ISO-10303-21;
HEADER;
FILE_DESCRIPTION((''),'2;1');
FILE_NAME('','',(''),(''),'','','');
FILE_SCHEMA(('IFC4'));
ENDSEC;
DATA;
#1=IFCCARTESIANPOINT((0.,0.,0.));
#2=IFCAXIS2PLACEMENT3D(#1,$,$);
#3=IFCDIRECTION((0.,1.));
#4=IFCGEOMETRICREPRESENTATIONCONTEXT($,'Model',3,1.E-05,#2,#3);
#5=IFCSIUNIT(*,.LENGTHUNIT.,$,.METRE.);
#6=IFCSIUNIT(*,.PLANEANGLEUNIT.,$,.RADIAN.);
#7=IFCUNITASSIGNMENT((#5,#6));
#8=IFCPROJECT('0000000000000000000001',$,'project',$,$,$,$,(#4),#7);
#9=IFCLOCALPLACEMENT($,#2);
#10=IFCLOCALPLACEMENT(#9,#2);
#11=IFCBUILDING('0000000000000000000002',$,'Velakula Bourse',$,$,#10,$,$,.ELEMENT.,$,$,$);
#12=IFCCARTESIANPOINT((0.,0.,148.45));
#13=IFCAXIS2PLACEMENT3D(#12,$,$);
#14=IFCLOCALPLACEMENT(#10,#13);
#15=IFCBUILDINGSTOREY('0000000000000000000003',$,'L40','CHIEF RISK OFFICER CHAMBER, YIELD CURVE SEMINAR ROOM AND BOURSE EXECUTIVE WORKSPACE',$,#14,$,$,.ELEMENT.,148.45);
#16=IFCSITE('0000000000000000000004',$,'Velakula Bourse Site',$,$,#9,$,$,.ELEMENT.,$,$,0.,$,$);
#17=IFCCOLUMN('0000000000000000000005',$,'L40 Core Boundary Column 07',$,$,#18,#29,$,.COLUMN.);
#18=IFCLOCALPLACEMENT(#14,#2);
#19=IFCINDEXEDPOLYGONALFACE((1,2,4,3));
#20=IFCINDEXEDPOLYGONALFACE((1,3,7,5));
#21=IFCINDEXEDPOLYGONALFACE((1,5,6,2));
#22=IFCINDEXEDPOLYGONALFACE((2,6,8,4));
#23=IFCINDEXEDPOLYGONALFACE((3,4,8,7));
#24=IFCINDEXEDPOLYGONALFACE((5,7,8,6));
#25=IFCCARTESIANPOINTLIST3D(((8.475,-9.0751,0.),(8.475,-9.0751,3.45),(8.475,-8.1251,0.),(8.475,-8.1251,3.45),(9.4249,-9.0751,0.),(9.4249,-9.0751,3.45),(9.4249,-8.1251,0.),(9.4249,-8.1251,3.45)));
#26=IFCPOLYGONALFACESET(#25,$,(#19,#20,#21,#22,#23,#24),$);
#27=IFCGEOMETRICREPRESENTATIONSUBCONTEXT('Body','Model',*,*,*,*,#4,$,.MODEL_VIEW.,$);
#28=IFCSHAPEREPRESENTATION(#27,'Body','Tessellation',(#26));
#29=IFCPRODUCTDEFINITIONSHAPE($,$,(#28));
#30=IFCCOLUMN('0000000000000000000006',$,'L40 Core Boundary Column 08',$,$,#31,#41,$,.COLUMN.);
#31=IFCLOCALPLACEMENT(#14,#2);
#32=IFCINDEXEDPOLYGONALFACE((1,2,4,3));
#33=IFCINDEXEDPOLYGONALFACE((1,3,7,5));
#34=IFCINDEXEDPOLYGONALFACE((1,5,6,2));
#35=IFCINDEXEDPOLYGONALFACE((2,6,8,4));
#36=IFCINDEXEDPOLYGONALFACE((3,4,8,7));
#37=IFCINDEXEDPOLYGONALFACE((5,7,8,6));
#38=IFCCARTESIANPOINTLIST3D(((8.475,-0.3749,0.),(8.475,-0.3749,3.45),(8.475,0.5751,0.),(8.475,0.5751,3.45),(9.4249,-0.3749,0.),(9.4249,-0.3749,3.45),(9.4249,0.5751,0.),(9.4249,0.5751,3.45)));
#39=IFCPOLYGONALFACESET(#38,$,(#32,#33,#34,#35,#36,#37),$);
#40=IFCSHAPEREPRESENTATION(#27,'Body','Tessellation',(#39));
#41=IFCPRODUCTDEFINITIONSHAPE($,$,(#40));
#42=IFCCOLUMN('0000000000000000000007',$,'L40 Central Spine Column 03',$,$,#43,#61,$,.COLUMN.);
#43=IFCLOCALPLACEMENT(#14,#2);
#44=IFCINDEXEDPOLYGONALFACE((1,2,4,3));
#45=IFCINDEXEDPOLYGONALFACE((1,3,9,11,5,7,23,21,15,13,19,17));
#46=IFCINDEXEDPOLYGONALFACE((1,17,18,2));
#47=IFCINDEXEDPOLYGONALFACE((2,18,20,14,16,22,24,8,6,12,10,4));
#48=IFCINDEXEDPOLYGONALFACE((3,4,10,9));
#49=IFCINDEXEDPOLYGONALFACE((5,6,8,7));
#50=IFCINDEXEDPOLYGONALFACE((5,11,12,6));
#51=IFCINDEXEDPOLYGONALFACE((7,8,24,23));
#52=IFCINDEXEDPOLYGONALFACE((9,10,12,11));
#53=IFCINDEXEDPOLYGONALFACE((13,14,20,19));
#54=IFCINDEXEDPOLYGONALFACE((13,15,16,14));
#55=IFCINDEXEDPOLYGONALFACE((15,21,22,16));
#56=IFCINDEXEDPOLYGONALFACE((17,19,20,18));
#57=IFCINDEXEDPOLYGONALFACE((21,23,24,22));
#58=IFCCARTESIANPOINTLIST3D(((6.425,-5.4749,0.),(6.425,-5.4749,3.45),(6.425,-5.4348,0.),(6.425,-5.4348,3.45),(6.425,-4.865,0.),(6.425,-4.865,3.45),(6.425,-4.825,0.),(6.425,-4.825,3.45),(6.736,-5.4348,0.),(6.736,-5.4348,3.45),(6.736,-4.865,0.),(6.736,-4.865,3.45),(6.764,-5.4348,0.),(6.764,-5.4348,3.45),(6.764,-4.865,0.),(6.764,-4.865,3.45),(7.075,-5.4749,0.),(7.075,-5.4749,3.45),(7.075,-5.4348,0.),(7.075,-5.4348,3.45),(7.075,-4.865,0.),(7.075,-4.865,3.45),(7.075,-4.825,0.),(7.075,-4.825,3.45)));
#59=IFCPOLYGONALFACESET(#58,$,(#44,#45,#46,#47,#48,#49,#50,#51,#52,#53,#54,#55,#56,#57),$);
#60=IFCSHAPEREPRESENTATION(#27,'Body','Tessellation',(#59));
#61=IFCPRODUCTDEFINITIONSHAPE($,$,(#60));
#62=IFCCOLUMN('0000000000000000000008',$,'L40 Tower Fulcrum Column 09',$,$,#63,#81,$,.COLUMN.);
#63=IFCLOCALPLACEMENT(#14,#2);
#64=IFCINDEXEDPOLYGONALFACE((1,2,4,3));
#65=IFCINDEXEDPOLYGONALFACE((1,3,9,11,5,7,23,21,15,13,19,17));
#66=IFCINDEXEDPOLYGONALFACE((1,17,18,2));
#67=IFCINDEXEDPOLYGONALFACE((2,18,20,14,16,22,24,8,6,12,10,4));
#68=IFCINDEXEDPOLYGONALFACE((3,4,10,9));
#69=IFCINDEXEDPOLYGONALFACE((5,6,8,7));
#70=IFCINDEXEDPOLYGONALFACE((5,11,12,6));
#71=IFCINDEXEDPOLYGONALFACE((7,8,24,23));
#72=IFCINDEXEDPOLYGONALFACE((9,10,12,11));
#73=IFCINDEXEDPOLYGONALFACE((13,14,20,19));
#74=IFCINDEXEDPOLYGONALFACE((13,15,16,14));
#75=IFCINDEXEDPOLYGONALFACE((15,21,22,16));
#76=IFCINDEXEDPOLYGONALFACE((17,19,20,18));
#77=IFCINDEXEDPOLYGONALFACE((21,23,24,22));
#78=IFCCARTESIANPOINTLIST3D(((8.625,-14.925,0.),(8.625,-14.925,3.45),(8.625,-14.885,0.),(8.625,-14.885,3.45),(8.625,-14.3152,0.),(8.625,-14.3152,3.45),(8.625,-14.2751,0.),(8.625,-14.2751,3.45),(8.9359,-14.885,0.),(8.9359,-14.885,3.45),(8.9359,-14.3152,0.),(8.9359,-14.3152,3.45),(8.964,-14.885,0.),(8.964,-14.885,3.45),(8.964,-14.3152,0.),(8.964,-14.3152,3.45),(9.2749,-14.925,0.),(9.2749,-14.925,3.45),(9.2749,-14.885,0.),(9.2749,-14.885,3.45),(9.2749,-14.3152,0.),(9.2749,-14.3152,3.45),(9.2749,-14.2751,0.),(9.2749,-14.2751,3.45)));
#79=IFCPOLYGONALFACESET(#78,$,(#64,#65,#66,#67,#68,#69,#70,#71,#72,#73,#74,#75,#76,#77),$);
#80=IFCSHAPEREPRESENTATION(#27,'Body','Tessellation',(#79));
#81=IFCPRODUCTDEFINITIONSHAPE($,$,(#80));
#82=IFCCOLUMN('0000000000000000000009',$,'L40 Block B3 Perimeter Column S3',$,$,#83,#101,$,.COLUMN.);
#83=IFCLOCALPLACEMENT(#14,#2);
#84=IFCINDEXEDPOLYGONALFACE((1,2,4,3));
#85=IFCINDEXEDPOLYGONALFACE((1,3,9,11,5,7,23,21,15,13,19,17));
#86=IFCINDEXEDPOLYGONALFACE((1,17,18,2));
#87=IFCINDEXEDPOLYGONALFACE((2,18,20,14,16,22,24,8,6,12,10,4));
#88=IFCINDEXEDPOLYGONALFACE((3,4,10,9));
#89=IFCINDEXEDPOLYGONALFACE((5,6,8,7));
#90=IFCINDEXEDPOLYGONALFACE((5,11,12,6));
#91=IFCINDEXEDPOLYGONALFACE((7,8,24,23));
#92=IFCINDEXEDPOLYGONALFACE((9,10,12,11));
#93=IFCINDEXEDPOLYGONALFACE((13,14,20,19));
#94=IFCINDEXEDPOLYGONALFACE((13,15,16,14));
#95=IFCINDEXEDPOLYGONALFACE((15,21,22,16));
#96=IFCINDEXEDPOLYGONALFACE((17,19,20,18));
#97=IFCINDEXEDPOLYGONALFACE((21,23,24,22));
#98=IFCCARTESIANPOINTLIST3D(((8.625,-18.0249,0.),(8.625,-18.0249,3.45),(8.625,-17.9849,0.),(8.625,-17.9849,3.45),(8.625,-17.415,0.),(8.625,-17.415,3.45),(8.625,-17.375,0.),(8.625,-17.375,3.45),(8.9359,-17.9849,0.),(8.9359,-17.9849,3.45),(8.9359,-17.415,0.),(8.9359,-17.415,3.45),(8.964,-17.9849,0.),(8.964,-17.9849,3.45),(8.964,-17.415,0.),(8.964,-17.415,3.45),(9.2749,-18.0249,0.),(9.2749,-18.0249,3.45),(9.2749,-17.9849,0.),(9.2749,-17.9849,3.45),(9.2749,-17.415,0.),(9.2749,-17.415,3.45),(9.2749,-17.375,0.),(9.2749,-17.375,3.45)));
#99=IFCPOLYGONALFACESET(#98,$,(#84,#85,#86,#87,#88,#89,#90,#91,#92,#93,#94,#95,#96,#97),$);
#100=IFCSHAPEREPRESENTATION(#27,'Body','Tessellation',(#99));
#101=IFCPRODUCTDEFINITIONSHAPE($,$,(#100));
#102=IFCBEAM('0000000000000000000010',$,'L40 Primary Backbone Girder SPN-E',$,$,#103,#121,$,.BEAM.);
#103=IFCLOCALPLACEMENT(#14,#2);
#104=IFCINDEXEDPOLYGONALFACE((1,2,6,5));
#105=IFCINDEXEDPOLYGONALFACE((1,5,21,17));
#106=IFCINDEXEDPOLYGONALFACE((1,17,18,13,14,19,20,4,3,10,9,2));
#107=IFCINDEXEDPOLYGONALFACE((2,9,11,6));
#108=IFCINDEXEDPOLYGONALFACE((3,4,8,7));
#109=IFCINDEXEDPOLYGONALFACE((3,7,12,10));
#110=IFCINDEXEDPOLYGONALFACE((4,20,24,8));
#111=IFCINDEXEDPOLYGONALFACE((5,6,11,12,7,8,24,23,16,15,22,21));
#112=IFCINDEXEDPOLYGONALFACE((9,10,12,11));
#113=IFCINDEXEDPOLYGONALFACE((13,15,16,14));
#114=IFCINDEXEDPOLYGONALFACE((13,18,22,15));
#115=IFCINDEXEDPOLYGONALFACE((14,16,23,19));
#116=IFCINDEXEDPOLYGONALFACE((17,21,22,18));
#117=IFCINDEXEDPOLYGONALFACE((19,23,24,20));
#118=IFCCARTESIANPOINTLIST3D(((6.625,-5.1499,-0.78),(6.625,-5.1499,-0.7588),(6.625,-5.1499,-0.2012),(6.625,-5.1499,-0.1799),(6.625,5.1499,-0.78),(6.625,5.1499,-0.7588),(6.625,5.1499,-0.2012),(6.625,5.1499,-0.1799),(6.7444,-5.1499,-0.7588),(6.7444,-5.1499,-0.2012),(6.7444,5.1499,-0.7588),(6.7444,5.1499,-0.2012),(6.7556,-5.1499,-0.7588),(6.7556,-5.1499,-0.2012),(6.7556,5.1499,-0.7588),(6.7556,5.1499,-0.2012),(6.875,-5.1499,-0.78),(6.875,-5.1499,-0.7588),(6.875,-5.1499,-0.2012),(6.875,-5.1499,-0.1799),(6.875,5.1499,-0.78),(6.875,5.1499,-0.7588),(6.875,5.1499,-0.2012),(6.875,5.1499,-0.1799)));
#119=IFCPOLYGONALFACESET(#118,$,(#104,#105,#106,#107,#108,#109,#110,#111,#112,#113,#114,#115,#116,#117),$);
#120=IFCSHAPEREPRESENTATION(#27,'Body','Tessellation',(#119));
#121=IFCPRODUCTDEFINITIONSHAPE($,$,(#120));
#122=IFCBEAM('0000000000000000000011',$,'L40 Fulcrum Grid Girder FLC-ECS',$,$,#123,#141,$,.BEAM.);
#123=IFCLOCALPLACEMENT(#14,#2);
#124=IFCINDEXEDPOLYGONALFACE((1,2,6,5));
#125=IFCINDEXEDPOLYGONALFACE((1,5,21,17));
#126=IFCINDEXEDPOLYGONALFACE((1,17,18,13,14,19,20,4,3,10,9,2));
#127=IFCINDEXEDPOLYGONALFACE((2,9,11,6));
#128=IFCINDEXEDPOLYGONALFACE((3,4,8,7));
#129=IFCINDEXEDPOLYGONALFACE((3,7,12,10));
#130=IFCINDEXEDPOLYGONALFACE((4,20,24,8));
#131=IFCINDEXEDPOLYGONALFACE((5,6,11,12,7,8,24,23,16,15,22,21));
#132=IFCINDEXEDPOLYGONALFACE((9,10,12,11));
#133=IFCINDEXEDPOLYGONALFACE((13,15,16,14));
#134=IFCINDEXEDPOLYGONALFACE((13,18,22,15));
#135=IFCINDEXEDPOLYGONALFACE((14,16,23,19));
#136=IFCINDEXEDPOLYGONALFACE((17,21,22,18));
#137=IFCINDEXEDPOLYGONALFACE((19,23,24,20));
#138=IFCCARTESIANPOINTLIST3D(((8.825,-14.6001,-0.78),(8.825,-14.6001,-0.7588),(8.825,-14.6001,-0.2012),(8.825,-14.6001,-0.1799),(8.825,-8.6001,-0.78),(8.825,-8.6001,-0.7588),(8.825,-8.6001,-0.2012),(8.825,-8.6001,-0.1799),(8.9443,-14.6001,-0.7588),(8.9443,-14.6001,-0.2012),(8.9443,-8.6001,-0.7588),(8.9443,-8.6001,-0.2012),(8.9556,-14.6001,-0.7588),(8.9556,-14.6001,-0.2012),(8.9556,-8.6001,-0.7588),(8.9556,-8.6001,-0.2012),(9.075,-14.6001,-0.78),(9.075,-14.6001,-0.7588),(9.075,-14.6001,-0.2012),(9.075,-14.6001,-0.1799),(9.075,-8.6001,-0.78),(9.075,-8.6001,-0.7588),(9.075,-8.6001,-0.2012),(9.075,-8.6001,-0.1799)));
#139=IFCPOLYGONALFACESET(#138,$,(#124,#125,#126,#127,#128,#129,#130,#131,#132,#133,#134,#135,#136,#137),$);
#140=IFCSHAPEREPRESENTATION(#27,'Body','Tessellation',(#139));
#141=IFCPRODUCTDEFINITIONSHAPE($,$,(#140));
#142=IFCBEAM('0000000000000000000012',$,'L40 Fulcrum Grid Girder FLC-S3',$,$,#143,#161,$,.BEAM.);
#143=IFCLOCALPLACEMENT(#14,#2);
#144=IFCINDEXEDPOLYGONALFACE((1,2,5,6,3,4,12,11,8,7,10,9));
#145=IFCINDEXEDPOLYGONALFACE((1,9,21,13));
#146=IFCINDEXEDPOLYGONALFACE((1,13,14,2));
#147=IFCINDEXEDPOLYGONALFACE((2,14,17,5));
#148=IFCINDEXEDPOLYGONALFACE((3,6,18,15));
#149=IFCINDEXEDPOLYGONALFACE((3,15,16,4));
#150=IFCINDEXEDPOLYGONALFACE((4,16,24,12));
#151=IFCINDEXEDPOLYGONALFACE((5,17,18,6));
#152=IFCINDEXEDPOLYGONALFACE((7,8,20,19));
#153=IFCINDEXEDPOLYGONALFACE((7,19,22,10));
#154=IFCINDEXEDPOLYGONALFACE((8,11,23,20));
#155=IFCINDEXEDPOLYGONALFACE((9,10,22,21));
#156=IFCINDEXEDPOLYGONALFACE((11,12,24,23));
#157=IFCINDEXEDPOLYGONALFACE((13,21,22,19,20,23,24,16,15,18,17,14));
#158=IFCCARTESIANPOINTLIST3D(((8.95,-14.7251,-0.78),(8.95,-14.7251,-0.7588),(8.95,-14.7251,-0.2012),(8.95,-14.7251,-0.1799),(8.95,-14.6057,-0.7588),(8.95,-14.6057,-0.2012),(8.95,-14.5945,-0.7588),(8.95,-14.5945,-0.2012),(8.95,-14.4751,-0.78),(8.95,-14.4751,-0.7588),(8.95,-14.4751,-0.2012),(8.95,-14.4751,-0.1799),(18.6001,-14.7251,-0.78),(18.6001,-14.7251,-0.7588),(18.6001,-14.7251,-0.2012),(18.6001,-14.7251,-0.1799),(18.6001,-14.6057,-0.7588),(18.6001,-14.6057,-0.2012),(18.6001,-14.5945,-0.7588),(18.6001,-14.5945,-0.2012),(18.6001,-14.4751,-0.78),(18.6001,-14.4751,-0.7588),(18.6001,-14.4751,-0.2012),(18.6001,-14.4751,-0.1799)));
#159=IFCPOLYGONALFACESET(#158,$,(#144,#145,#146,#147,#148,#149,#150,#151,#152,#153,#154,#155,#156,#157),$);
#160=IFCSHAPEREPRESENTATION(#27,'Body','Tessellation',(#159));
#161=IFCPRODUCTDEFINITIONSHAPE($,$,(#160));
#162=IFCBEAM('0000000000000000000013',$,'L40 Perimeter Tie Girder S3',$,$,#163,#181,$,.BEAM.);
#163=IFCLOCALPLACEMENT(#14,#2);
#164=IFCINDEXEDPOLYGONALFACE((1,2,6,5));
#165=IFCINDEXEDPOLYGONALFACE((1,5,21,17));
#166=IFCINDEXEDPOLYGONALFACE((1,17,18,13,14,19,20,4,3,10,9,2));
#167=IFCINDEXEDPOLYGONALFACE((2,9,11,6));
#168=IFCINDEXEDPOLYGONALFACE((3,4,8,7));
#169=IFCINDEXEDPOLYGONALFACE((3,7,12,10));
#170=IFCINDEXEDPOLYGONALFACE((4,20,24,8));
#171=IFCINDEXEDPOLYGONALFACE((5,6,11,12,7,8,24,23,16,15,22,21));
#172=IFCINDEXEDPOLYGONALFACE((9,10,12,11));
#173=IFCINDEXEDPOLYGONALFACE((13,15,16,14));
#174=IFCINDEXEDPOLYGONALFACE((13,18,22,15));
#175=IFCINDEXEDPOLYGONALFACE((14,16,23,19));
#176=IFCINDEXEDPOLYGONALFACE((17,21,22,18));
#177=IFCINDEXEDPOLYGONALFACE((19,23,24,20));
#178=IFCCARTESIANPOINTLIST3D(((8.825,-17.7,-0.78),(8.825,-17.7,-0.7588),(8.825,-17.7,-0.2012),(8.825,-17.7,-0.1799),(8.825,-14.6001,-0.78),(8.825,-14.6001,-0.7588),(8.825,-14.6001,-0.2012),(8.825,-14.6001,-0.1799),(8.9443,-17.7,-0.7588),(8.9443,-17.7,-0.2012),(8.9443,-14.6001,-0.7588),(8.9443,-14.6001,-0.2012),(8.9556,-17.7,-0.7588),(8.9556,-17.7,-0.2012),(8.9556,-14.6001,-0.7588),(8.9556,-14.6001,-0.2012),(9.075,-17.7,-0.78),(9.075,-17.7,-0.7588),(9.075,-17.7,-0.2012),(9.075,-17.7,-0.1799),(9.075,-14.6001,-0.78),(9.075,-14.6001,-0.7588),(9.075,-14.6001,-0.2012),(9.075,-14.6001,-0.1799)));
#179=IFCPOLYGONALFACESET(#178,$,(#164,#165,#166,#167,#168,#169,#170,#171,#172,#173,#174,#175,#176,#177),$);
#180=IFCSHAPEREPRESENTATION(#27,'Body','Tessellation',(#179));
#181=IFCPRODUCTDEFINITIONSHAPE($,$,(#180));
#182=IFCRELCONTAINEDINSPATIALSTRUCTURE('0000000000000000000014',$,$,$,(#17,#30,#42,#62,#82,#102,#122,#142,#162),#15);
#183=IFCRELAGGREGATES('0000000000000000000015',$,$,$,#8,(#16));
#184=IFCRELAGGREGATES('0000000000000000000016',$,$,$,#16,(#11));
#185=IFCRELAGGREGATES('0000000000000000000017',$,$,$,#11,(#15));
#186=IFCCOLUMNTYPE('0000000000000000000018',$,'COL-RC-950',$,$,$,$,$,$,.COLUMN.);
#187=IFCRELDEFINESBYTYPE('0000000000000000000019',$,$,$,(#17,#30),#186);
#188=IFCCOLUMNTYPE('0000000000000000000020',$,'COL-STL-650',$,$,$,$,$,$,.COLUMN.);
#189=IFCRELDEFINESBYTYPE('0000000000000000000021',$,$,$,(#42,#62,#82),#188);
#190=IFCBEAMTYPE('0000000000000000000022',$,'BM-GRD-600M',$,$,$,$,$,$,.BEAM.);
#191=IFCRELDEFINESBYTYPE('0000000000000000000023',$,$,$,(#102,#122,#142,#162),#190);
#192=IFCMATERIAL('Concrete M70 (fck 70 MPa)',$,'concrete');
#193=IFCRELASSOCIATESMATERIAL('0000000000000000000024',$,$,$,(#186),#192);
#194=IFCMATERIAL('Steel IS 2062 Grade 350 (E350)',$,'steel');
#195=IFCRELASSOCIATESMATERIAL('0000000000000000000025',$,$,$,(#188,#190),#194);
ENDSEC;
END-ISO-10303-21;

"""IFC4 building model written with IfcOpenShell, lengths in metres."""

from ifc_helpers import new_model, si_unit, direction, frame, origin, origin_2d, place, context, subcontext, project, spatial, rectangle, i_section, extrude, material, material_profile, profile_set, type_object, element, save


model = new_model("IFC4")

# Units and contexts
model_context = context("Model", 3, precision=1e-05, world=origin(), true_north=direction((0.0, 1.0)))
body_context = subcontext(model_context, "Body", "Model", "MODEL_VIEW")
ifc_project = project(units=[si_unit("LENGTHUNIT", "METRE"), si_unit("PLANEANGLEUNIT", "RADIAN")], contexts=[model_context])

# Site, building, storey
site_placement = place(None, origin())
site = spatial("IfcSite", under=ifc_project, at=site_placement, Name="Velakula Bourse Site", CompositionType="ELEMENT", RefElevation=0.0)
building_placement = place(site_placement, origin())
building = spatial("IfcBuilding", under=site, at=building_placement, Name="Velakula Bourse", CompositionType="ELEMENT")
storey_placement = place(building_placement, frame((0.0, 0.0, 148.45)))
storey = spatial("IfcBuildingStorey", under=building, at=storey_placement, Name="L40", Description="CHIEF RISK OFFICER CHAMBER, YIELD CURVE SEMINAR ROOM AND BOURSE EXECUTIVE WORKSPACE", CompositionType="ELEMENT", Elevation=148.45)

# Columns
ifc_material_1 = material(Name="Concrete M70 (fck 70 MPa)", Category="concrete")
ifc_material_profile_1 = material_profile(ifc_material_1, rectangle(XDim=0.95, YDim=0.95, at=origin_2d()), Name="Concrete M70 (fck 70 MPa)")
ifc_profile_set_1 = profile_set([ifc_material_profile_1], Name="Concrete M70 (fck 70 MPa)")
column_type_1 = type_object("IfcColumnType", Name="COL-RC-950", PredefinedType="COLUMN", material=ifc_profile_set_1)
for number, where, z_axis, x_axis, name in (
    (1, (8.95, -8.6001, 0.0), (0.0, 0.0, 1.0), (1.0, 0.0, 0.0), "L40 Core Boundary Column 07"),
    (2, (8.95, 0.1001, 0.0), (0.0, 0.0, 1.0), (1.0, 0.0, 0.0), "L40 Core Boundary Column 08"),
):
    element("IfcColumn", number, at=place(storey_placement, frame(where, z_axis=z_axis, x_axis=x_axis)), inside=storey, type_object=column_type_1, Name=name, PredefinedType="COLUMN", context=body_context, shape_type="SweptSolid", body=[
        extrude(rectangle(XDim=0.95, YDim=0.95, at=origin_2d()), origin(), (0.0, 0.0, 1.0), 3.45),
    ])
ifc_material_2 = material(Name="Steel IS 2062 Grade 350 (E350)", Category="steel")
ifc_material_profile_2 = material_profile(ifc_material_2, i_section(OverallWidth=0.6499, OverallDepth=0.6499, WebThickness=0.0281, FlangeThickness=0.04, at=origin_2d()), Name="Steel IS 2062 Grade 350 (E350)")
ifc_profile_set_2 = profile_set([ifc_material_profile_2], Name="Steel IS 2062 Grade 350 (E350)")
column_type_2 = type_object("IfcColumnType", Name="COL-STL-650", PredefinedType="COLUMN", material=ifc_profile_set_2)
for number, where, z_axis, x_axis, name in (
    (3, (6.75, -5.1499, 0.0), (0.0, 0.0, 1.0), (1.0, 0.0, 0.0), "L40 Central Spine Column 03"),
    (4, (8.95, -14.6001, 0.0), (0.0, 0.0, 1.0), (1.0, 0.0, 0.0), "L40 Tower Fulcrum Column 09"),
    (5, (8.95, -17.7, 0.0), (0.0, 0.0, 1.0), (1.0, 0.0, 0.0), "L40 Block B3 Perimeter Column S3"),
):
    element("IfcColumn", number, at=place(storey_placement, frame(where, z_axis=z_axis, x_axis=x_axis)), inside=storey, type_object=column_type_2, Name=name, PredefinedType="COLUMN", context=body_context, shape_type="SweptSolid", body=[
        extrude(i_section(OverallWidth=0.6499, OverallDepth=0.6499, WebThickness=0.0281, FlangeThickness=0.04, at=origin_2d()), origin(), (0.0, 0.0, 1.0), 3.45),
    ])

# Beams
ifc_material_profile_3 = material_profile(ifc_material_2, i_section(OverallWidth=0.25, OverallDepth=0.6001, WebThickness=0.0112, FlangeThickness=0.0212, at=origin_2d()), Name="Steel IS 2062 Grade 350 (E350)")
ifc_profile_set_3 = profile_set([ifc_material_profile_3], Name="Steel IS 2062 Grade 350 (E350)")
beam_type_1 = type_object("IfcBeamType", Name="BM-GRD-600M", PredefinedType="BEAM", material=ifc_profile_set_3)
beam_1_placement = place(storey_placement, frame((6.75, -5.1499, -0.48), z_axis=(0.0, 1.0, 0.0), x_axis=(-1.0, 0.0, 0.0)))
element("IfcBeam", 6, at=beam_1_placement, inside=storey, type_object=beam_type_1, Name="L40 Primary Backbone Girder SPN-E", PredefinedType="BEAM", context=body_context, shape_type="SweptSolid", body=[
    extrude(i_section(OverallWidth=0.25, OverallDepth=0.6001, WebThickness=0.0112, FlangeThickness=0.0212, at=origin_2d()), origin(), (0.0, 0.0, 1.0), 10.2998),
])
beam_2_placement = place(storey_placement, frame((8.95, -14.6001, -0.48), z_axis=(0.0, 1.0, 0.0), x_axis=(-1.0, 0.0, 0.0)))
element("IfcBeam", 7, at=beam_2_placement, inside=storey, type_object=beam_type_1, Name="L40 Fulcrum Grid Girder FLC-ECS", PredefinedType="BEAM", context=body_context, shape_type="SweptSolid", body=[
    extrude(i_section(OverallWidth=0.25, OverallDepth=0.6001, WebThickness=0.0112, FlangeThickness=0.0212, at=origin_2d()), origin(), (0.0, 0.0, 1.0), 6.0),
])
beam_3_placement = place(storey_placement, frame((8.95, -14.6001, -0.48), z_axis=(1.0, 0.0, 0.0), x_axis=(0.0, 1.0, 0.0)))
element("IfcBeam", 8, at=beam_3_placement, inside=storey, type_object=beam_type_1, Name="L40 Fulcrum Grid Girder FLC-S3", PredefinedType="BEAM", context=body_context, shape_type="SweptSolid", body=[
    extrude(i_section(OverallWidth=0.25, OverallDepth=0.6001, WebThickness=0.0112, FlangeThickness=0.0212, at=origin_2d()), origin(), (0.0, 0.0, 1.0), 9.6501),
])
beam_4_placement = place(storey_placement, frame((8.95, -14.6001, -0.48), z_axis=(0.0, -1.0, 0.0), x_axis=(1.0, 0.0, 0.0)))
element("IfcBeam", 9, at=beam_4_placement, inside=storey, type_object=beam_type_1, Name="L40 Perimeter Tie Girder S3", PredefinedType="BEAM", context=body_context, shape_type="SweptSolid", body=[
    extrude(i_section(OverallWidth=0.25, OverallDepth=0.6001, WebThickness=0.0112, FlangeThickness=0.0212, at=origin_2d()), origin(), (0.0, 0.0, 1.0), 3.0999),
])

save(model, "model.ifc")
